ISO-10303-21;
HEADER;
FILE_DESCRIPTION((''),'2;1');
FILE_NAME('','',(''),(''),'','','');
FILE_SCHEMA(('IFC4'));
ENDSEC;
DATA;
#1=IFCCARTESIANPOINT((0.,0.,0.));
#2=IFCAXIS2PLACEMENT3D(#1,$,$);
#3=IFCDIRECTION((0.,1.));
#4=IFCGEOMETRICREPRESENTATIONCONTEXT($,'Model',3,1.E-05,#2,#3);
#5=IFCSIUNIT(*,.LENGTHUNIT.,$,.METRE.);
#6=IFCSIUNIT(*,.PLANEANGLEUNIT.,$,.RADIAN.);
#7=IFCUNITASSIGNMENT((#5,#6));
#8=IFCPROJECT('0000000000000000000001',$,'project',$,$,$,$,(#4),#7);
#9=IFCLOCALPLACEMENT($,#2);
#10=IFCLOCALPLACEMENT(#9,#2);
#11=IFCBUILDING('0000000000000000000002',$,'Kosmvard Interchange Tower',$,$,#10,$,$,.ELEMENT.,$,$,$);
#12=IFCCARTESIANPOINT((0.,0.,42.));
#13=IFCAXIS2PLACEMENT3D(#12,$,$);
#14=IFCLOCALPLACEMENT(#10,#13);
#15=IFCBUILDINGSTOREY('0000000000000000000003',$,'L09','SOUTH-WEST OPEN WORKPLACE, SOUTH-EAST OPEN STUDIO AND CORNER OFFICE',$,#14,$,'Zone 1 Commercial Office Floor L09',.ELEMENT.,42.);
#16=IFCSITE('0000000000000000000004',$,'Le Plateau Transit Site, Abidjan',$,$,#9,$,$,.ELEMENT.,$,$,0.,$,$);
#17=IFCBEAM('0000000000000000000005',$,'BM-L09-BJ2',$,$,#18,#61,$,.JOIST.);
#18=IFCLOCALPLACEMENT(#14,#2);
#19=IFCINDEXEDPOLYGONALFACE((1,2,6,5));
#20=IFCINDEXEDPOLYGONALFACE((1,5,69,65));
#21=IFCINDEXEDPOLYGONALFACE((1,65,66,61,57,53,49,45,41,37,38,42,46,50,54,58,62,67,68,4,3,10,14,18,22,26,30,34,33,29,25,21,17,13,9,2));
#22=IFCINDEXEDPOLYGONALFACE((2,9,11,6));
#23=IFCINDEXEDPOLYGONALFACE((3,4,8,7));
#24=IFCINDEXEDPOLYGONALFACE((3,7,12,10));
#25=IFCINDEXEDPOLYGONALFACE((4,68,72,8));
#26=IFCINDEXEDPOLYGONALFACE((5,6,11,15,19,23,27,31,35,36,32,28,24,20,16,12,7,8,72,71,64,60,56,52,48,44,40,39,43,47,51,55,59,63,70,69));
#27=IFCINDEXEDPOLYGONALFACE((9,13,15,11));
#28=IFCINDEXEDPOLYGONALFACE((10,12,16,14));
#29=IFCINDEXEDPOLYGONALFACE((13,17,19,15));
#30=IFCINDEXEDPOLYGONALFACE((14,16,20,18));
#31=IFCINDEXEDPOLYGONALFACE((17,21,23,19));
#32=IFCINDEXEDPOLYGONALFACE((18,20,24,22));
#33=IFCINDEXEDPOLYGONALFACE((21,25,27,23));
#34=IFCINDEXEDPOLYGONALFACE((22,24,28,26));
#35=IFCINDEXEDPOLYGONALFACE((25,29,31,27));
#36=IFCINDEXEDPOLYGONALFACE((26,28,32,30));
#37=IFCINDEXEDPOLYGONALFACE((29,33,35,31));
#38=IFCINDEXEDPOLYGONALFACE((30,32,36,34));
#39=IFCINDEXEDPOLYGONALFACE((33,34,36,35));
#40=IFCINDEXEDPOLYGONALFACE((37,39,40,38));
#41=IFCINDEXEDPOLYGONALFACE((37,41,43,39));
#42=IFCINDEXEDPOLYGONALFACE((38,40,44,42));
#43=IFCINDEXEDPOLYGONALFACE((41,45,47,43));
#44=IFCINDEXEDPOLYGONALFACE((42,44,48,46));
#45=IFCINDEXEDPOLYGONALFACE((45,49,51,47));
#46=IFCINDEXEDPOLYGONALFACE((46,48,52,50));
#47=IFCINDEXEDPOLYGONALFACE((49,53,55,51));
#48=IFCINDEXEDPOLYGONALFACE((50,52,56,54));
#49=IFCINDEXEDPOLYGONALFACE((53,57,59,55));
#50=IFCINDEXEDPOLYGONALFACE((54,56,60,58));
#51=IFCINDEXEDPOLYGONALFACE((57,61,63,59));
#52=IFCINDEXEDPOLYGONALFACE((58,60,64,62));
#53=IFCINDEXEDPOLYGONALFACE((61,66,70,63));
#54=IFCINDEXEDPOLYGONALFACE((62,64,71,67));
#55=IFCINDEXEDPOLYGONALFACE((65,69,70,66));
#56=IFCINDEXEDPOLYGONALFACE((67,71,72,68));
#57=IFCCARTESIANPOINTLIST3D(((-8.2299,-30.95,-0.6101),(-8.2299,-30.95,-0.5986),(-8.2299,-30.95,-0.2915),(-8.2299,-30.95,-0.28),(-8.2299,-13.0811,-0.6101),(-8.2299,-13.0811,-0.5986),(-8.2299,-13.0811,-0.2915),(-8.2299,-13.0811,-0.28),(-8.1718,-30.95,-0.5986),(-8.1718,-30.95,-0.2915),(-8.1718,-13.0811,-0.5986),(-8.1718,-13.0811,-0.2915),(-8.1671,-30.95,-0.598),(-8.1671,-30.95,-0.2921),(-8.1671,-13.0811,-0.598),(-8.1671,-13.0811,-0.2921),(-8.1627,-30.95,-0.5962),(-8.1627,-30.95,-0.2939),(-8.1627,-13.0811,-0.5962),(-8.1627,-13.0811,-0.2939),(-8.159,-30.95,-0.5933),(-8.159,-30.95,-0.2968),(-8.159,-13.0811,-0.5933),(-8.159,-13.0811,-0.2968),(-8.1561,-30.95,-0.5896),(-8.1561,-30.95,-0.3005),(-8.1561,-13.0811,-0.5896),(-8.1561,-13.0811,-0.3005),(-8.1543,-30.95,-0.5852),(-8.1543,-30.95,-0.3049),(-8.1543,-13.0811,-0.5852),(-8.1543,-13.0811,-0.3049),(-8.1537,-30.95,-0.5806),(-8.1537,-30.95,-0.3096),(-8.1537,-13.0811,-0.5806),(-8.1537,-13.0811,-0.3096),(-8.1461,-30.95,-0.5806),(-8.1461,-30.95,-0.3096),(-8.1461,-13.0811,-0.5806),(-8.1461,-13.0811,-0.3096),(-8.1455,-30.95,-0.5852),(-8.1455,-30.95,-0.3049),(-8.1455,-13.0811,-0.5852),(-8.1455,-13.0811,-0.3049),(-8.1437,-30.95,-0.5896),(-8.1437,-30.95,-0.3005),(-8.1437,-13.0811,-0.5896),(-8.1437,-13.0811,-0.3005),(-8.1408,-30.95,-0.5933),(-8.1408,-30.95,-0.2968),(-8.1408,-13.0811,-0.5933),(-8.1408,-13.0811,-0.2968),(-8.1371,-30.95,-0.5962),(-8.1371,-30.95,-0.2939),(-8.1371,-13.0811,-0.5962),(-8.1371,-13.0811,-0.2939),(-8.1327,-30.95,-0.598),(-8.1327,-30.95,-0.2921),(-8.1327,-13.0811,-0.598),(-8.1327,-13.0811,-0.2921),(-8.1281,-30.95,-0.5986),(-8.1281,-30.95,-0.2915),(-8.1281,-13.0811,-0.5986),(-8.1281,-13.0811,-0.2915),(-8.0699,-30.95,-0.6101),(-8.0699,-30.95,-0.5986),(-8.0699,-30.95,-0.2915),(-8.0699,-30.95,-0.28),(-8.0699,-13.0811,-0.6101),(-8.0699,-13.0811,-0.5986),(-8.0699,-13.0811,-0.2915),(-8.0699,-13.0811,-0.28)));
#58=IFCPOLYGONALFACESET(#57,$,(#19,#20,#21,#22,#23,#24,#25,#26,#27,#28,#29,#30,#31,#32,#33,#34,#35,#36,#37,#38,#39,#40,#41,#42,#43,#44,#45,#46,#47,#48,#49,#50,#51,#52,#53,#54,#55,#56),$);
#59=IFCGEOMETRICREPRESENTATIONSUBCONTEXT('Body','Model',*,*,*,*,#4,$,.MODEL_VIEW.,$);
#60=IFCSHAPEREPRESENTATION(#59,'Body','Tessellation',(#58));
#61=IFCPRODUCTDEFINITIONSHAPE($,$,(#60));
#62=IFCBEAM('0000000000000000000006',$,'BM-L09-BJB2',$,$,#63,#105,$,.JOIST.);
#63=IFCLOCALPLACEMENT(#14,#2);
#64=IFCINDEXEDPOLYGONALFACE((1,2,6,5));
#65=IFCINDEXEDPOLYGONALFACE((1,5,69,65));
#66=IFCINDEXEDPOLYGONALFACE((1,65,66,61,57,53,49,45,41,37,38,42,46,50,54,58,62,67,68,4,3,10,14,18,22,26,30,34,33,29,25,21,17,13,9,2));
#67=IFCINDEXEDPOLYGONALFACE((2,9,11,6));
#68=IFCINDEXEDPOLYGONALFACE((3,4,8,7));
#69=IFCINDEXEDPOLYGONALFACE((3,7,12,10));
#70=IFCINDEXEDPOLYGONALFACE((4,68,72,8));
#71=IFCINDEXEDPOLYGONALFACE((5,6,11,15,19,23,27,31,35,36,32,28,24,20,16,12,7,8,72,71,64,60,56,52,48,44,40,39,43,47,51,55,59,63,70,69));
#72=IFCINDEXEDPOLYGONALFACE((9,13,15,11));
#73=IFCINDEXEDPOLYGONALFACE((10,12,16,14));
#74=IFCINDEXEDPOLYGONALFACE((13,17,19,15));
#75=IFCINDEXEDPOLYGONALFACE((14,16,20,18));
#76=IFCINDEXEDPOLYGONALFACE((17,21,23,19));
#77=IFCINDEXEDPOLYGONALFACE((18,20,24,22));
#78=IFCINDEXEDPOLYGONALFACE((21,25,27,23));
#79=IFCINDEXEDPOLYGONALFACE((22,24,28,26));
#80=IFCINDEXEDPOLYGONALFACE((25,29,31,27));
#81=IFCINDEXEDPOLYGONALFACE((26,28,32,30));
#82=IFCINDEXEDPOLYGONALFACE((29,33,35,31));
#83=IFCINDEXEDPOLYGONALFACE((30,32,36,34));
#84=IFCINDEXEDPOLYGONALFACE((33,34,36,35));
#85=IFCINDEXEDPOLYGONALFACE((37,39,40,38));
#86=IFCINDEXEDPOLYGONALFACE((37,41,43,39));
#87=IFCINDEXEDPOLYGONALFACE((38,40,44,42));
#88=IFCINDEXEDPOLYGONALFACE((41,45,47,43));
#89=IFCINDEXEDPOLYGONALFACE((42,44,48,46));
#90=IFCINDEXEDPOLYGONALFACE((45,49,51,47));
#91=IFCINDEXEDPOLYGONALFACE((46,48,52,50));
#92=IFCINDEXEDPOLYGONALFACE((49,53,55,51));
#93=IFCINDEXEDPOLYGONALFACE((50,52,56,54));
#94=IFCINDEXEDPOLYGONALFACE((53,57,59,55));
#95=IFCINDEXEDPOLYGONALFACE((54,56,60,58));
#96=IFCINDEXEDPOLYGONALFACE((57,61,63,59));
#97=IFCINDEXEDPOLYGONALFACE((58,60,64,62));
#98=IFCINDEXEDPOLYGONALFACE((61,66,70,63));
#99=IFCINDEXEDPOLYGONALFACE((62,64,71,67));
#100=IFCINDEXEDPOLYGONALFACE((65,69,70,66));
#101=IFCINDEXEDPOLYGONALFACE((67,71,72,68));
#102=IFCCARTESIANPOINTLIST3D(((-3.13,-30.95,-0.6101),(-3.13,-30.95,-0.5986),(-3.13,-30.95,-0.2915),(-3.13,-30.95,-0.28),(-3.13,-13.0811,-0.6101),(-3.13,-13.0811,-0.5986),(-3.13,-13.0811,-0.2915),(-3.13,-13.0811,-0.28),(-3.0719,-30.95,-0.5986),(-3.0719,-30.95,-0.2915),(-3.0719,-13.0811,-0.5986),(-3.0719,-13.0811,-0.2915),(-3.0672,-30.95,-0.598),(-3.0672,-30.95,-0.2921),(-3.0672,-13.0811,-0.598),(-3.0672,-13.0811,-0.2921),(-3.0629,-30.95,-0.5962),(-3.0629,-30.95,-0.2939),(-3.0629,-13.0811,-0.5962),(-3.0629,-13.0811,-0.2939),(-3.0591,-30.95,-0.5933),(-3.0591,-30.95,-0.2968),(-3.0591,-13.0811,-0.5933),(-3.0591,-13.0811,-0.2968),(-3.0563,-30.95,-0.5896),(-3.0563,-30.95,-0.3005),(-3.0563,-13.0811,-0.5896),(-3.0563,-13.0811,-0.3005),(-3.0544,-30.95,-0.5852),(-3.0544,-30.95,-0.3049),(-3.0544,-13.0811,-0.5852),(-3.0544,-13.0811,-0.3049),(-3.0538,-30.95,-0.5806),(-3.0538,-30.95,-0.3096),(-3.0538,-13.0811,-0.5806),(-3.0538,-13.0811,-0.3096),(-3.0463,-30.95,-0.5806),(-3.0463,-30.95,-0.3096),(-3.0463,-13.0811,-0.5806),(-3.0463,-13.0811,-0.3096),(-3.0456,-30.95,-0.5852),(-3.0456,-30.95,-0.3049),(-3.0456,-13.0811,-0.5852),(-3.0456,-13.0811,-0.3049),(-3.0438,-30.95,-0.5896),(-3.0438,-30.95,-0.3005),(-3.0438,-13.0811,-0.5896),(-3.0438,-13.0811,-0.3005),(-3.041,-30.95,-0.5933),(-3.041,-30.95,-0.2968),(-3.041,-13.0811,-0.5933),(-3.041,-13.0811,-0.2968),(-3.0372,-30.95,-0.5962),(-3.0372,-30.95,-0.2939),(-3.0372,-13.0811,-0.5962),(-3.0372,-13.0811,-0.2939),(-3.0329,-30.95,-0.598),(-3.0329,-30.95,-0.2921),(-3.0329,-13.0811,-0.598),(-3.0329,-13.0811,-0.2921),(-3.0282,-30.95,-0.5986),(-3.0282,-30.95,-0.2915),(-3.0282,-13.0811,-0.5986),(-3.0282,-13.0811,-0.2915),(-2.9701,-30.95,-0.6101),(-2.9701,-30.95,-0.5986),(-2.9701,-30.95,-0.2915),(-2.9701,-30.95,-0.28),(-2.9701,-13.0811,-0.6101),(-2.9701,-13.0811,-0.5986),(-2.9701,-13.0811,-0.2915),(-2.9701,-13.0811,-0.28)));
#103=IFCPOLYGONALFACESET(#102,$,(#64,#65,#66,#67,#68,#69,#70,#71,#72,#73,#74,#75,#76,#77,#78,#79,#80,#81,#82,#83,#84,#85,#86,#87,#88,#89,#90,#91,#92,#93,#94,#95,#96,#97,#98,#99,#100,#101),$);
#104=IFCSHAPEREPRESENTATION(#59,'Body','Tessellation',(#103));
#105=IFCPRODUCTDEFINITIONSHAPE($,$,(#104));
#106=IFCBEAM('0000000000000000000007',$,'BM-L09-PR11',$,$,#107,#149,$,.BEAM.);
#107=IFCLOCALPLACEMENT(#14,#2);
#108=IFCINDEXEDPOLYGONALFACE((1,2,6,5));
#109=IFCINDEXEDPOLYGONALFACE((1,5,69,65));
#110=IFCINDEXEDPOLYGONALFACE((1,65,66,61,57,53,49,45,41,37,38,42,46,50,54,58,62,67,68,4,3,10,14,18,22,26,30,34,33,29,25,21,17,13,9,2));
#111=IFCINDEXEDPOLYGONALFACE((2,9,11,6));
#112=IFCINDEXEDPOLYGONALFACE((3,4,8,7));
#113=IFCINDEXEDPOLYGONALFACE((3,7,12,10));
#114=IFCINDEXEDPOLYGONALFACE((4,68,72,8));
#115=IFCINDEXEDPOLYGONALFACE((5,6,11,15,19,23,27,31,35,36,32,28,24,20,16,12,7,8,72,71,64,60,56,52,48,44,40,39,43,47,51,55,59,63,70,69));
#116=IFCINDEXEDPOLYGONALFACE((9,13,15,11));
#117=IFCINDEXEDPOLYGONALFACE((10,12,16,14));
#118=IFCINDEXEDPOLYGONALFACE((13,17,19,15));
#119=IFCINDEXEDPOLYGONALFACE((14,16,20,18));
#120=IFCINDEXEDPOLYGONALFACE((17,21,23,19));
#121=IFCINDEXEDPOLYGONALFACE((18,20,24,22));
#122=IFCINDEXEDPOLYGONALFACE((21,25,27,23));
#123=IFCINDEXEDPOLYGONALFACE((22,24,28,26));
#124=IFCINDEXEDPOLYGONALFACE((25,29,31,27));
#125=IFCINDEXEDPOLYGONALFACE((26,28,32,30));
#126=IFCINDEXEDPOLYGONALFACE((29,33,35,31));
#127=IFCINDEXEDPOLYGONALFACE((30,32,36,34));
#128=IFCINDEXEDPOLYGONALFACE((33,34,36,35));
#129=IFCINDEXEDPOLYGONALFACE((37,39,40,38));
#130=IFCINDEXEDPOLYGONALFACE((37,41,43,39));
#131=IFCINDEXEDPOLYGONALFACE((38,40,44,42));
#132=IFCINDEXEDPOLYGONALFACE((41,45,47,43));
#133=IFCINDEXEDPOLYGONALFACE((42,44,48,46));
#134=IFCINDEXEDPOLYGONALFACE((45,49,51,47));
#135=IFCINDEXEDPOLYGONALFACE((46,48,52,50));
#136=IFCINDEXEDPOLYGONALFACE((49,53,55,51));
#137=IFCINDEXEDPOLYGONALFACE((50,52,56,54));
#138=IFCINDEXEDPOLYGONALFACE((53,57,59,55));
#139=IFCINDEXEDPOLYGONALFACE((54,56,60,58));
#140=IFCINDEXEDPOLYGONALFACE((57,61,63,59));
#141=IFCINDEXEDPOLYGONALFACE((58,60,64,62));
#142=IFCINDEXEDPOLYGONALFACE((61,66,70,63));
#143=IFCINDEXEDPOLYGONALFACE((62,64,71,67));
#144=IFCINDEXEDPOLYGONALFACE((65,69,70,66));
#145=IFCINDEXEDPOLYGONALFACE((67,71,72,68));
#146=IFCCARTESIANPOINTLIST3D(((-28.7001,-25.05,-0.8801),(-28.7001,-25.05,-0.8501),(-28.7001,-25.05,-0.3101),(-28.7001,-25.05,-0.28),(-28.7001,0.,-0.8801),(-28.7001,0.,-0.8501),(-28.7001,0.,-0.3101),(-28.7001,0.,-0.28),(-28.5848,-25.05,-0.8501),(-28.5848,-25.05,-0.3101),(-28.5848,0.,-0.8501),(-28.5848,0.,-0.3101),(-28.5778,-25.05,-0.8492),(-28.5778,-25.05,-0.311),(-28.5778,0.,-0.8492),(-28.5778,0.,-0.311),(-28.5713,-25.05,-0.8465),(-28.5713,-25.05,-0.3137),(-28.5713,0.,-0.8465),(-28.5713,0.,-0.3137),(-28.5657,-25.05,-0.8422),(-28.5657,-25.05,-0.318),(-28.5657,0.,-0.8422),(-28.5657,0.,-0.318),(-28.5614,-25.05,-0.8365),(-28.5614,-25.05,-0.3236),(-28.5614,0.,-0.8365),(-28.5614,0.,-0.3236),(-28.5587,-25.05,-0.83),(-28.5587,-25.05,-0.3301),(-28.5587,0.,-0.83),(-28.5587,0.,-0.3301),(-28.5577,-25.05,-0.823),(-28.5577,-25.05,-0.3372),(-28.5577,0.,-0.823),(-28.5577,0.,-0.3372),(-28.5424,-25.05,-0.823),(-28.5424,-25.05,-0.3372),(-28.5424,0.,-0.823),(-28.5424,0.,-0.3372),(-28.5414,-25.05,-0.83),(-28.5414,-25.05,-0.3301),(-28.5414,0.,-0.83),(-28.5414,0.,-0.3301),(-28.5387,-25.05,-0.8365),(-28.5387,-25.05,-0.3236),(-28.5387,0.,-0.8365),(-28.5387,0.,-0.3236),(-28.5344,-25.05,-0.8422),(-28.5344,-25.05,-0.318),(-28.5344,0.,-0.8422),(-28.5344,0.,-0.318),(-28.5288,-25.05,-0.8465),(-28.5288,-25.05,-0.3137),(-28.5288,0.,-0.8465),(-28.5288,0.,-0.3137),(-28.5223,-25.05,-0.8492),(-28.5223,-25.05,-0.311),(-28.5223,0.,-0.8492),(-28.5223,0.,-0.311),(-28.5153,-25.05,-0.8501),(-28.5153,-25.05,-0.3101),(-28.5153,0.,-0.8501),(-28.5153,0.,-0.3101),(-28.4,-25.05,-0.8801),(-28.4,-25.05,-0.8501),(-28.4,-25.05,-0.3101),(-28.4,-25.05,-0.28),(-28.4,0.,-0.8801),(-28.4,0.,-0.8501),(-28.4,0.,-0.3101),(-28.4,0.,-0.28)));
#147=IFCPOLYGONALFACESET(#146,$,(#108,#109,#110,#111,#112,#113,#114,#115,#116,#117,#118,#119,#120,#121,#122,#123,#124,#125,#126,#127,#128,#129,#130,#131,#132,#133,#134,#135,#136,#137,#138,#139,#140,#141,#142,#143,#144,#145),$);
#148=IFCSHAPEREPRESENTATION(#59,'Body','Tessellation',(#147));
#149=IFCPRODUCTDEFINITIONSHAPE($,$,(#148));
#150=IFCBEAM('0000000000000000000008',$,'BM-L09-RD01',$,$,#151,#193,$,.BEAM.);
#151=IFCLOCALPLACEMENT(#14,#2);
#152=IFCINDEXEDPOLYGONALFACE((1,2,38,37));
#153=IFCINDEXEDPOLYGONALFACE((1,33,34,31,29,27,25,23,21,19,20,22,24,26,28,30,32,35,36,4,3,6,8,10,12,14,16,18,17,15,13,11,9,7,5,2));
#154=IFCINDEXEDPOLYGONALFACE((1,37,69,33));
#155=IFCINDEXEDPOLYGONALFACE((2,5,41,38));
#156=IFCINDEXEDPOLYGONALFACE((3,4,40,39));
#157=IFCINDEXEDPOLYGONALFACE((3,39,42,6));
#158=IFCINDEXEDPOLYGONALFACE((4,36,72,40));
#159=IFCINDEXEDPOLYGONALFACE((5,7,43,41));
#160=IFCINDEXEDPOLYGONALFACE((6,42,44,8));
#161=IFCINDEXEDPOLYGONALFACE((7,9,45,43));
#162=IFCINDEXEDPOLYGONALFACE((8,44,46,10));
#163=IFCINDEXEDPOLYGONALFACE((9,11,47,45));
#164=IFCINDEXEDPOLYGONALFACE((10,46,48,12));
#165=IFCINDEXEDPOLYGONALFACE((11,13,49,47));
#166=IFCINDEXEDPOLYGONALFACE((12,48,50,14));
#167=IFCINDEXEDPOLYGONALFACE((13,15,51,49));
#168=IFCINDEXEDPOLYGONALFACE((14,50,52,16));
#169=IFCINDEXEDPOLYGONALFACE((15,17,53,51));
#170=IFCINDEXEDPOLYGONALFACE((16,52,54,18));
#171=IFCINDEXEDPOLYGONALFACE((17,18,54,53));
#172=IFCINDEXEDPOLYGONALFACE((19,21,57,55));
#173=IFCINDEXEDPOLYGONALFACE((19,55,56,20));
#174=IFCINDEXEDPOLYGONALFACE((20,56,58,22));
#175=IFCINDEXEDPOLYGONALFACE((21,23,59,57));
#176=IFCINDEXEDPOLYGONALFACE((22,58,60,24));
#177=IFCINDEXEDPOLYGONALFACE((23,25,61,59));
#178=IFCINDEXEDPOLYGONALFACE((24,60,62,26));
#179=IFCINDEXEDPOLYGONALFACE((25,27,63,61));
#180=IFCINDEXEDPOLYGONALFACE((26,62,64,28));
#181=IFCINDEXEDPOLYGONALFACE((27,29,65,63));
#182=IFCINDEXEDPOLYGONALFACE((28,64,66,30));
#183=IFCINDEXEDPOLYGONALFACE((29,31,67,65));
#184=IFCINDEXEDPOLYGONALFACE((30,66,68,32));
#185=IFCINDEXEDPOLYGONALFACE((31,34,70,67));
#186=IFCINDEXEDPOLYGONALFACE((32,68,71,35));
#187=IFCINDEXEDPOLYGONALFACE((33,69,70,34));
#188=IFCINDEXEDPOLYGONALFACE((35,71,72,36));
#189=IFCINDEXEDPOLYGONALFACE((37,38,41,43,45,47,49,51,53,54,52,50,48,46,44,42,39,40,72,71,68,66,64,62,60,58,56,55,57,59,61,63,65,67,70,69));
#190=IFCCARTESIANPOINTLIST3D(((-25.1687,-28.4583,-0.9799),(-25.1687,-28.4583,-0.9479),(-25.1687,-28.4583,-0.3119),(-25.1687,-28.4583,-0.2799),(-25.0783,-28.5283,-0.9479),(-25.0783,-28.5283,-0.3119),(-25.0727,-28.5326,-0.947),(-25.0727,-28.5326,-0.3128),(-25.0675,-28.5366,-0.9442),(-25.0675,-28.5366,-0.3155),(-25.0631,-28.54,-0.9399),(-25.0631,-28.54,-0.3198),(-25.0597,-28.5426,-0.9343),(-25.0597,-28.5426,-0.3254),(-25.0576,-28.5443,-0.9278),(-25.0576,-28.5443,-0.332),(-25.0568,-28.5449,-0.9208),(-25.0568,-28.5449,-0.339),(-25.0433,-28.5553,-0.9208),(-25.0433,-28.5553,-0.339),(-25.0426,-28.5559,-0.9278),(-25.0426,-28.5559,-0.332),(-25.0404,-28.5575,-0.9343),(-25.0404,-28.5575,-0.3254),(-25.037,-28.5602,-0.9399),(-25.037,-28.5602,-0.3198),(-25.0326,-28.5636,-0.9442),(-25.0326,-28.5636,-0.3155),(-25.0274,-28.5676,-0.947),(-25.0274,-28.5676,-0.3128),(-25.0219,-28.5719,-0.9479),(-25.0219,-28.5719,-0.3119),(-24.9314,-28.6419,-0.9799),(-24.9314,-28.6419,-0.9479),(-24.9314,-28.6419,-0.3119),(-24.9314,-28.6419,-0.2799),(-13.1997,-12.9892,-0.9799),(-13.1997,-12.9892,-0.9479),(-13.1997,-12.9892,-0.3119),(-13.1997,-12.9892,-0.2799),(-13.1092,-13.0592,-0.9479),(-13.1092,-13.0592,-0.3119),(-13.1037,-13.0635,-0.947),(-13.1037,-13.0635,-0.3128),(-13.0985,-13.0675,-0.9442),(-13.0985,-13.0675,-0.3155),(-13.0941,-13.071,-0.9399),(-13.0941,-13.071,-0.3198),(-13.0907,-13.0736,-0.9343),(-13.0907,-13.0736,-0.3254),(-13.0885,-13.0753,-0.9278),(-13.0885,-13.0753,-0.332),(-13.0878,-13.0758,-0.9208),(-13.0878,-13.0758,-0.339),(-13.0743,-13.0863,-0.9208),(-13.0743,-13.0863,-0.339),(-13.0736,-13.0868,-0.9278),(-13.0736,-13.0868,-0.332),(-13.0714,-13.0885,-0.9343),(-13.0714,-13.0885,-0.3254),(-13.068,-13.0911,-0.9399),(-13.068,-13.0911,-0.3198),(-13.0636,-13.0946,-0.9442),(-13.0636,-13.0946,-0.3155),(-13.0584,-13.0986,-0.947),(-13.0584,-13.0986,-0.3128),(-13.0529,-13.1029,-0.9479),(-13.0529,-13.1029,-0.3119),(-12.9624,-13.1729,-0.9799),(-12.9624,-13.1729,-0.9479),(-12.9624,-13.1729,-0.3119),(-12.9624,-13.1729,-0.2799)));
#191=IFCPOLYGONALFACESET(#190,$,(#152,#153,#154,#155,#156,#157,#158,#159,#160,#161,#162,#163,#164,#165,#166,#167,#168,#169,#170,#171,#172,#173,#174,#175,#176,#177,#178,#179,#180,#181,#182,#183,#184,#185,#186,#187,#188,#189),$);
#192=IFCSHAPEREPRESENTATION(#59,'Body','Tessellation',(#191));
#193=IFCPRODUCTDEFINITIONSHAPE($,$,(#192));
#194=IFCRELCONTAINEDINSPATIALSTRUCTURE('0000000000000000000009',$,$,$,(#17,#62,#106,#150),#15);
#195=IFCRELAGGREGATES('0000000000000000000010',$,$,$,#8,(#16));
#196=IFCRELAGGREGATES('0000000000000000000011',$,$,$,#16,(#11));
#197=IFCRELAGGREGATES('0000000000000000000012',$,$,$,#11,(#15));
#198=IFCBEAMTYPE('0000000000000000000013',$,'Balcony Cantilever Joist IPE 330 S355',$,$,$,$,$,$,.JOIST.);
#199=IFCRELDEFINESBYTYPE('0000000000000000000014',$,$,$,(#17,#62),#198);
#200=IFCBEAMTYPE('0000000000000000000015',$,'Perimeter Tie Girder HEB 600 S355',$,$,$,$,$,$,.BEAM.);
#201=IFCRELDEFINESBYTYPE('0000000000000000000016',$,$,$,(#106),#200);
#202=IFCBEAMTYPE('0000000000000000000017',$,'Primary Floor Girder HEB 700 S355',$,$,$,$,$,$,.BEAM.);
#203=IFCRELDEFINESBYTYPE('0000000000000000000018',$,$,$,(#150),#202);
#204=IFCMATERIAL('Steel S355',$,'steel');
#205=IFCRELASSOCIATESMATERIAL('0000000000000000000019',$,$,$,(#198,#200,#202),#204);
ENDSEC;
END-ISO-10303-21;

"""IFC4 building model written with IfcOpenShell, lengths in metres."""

from ifc_helpers import new_model, si_unit, direction, frame, origin, origin_2d, place, context, subcontext, project, spatial, i_section, extrude, source, transform, mapped, material, material_profile, profile_set, type_object, element, save


model = new_model("IFC4")

# Units and contexts
model_context = context("Model", 3, precision=1e-05, world=origin(), true_north=direction((0.0, 1.0)))
body_context = subcontext(model_context, "Body", "Model", "MODEL_VIEW")
ifc_project = project(units=[si_unit("LENGTHUNIT", "METRE"), si_unit("PLANEANGLEUNIT", "RADIAN")], contexts=[model_context])

# Site, building, storey
site_placement = place(None, origin())
site = spatial("IfcSite", under=ifc_project, at=site_placement, Name="Le Plateau Transit Site, Abidjan", CompositionType="ELEMENT", RefElevation=0.0)
building_placement = place(site_placement, origin())
building = spatial("IfcBuilding", under=site, at=building_placement, Name="Kosmvard Interchange Tower", CompositionType="ELEMENT")
storey_placement = place(building_placement, frame((0.0, 0.0, 42.0)))
storey = spatial("IfcBuildingStorey", under=building, at=storey_placement, Name="L09", Description="SOUTH-WEST OPEN WORKPLACE, SOUTH-EAST OPEN STUDIO AND CORNER OFFICE", LongName="Zone 1 Commercial Office Floor L09", CompositionType="ELEMENT", Elevation=42.0)

# Beams
ifc_material_1 = material(Name="Steel S355", Category="steel")
ifc_material_profile_1 = material_profile(ifc_material_1, i_section(OverallWidth=0.1599, OverallDepth=0.3301, WebThickness=0.0076, FlangeThickness=0.0115, FilletRadius=0.0181, at=origin_2d()), Name="IPE 330")
ifc_profile_set_1 = profile_set([ifc_material_profile_1], Name="Steel S355")
beam_type_1 = type_object("IfcBeamType", Name="Balcony Cantilever Joist IPE 330 S355", PredefinedType="JOIST", material=ifc_profile_set_1)
shared_shape_1 = source(origin(), body_context, "Body", "SweptSolid", [
    extrude(i_section(OverallWidth=0.1599, OverallDepth=0.3301, WebThickness=0.0076, FlangeThickness=0.0115, FilletRadius=0.0181, at=origin_2d()), origin(), (0.0, 0.0, 1.0), 17.8689),
])
for number, where, z_axis, x_axis, name in (
    (1, (-8.1499, -13.0811, -0.4451), (0.0, -1.0, 0.0), (1.0, 0.0, 0.0), "BM-L09-BJ2"),
    (2, (-3.05, -13.0811, -0.4451), (0.0, -1.0, 0.0), (1.0, 0.0, 0.0), "BM-L09-BJB2"),
):
    element("IfcBeam", number, at=place(storey_placement, frame(where, z_axis=z_axis, x_axis=x_axis)), inside=storey, type_object=beam_type_1, Name=name, PredefinedType="JOIST", context=body_context, shape_type="MappedRepresentation", body=[
        mapped(shared_shape_1, transform((0.0, 0.0, 0.0), scale=1.0)),
    ])
ifc_material_profile_2 = material_profile(ifc_material_1, i_section(OverallWidth=0.3, OverallDepth=0.6001, WebThickness=0.0154, FlangeThickness=0.03, FilletRadius=0.0271, at=origin_2d()), Name="HEB 600")
ifc_profile_set_2 = profile_set([ifc_material_profile_2], Name="Steel S355")
beam_type_2 = type_object("IfcBeamType", Name="Perimeter Tie Girder HEB 600 S355", PredefinedType="BEAM", material=ifc_profile_set_2)
shared_shape_2 = source(origin(), body_context, "Body", "SweptSolid", [
    extrude(i_section(OverallWidth=0.3, OverallDepth=0.6001, WebThickness=0.0154, FlangeThickness=0.03, FilletRadius=0.0271, at=origin_2d()), origin(), (0.0, 0.0, 1.0), 25.05),
])
beam_1_placement = place(storey_placement, frame((-28.55, 0.0, -0.5801), z_axis=(0.0, -1.0, 0.0), x_axis=(1.0, 0.0, 0.0)))
element("IfcBeam", 3, at=beam_1_placement, inside=storey, type_object=beam_type_2, Name="BM-L09-PR11", PredefinedType="BEAM", context=body_context, shape_type="MappedRepresentation", body=[
    mapped(shared_shape_2, transform((0.0, 0.0, 0.0), scale=1.0)),
])
ifc_material_profile_3 = material_profile(ifc_material_1, i_section(OverallWidth=0.3, OverallDepth=0.7, WebThickness=0.0171, FlangeThickness=0.032, FilletRadius=0.0271, at=origin_2d()), Name="HEB 700")
ifc_profile_set_3 = profile_set([ifc_material_profile_3], Name="Steel S355")
beam_type_3 = type_object("IfcBeamType", Name="Primary Floor Girder HEB 700 S355", PredefinedType="BEAM", material=ifc_profile_set_3)
shared_shape_3 = source(origin(), body_context, "Body", "SweptSolid", [
    extrude(i_section(OverallWidth=0.3, OverallDepth=0.7, WebThickness=0.0171, FlangeThickness=0.032, FilletRadius=0.0271, at=origin_2d()), origin(), (0.0, 0.0, 1.0), 19.5588),
])
for number, where, z_axis, x_axis, name in (
    (4, (-13.0811, -13.0811, -0.6299), (-0.611949, -0.790897, 0.0), (0.790897, -0.611949, 0.0), "BM-L09-RD01"),
):
    element("IfcBeam", number, at=place(storey_placement, frame(where, z_axis=z_axis, x_axis=x_axis)), inside=storey, type_object=beam_type_3, Name=name, PredefinedType="BEAM", context=body_context, shape_type="MappedRepresentation", body=[
        mapped(shared_shape_3, transform((0.0, 0.0, 0.0), scale=1.0)),
    ])

save(model, "model.ifc")
